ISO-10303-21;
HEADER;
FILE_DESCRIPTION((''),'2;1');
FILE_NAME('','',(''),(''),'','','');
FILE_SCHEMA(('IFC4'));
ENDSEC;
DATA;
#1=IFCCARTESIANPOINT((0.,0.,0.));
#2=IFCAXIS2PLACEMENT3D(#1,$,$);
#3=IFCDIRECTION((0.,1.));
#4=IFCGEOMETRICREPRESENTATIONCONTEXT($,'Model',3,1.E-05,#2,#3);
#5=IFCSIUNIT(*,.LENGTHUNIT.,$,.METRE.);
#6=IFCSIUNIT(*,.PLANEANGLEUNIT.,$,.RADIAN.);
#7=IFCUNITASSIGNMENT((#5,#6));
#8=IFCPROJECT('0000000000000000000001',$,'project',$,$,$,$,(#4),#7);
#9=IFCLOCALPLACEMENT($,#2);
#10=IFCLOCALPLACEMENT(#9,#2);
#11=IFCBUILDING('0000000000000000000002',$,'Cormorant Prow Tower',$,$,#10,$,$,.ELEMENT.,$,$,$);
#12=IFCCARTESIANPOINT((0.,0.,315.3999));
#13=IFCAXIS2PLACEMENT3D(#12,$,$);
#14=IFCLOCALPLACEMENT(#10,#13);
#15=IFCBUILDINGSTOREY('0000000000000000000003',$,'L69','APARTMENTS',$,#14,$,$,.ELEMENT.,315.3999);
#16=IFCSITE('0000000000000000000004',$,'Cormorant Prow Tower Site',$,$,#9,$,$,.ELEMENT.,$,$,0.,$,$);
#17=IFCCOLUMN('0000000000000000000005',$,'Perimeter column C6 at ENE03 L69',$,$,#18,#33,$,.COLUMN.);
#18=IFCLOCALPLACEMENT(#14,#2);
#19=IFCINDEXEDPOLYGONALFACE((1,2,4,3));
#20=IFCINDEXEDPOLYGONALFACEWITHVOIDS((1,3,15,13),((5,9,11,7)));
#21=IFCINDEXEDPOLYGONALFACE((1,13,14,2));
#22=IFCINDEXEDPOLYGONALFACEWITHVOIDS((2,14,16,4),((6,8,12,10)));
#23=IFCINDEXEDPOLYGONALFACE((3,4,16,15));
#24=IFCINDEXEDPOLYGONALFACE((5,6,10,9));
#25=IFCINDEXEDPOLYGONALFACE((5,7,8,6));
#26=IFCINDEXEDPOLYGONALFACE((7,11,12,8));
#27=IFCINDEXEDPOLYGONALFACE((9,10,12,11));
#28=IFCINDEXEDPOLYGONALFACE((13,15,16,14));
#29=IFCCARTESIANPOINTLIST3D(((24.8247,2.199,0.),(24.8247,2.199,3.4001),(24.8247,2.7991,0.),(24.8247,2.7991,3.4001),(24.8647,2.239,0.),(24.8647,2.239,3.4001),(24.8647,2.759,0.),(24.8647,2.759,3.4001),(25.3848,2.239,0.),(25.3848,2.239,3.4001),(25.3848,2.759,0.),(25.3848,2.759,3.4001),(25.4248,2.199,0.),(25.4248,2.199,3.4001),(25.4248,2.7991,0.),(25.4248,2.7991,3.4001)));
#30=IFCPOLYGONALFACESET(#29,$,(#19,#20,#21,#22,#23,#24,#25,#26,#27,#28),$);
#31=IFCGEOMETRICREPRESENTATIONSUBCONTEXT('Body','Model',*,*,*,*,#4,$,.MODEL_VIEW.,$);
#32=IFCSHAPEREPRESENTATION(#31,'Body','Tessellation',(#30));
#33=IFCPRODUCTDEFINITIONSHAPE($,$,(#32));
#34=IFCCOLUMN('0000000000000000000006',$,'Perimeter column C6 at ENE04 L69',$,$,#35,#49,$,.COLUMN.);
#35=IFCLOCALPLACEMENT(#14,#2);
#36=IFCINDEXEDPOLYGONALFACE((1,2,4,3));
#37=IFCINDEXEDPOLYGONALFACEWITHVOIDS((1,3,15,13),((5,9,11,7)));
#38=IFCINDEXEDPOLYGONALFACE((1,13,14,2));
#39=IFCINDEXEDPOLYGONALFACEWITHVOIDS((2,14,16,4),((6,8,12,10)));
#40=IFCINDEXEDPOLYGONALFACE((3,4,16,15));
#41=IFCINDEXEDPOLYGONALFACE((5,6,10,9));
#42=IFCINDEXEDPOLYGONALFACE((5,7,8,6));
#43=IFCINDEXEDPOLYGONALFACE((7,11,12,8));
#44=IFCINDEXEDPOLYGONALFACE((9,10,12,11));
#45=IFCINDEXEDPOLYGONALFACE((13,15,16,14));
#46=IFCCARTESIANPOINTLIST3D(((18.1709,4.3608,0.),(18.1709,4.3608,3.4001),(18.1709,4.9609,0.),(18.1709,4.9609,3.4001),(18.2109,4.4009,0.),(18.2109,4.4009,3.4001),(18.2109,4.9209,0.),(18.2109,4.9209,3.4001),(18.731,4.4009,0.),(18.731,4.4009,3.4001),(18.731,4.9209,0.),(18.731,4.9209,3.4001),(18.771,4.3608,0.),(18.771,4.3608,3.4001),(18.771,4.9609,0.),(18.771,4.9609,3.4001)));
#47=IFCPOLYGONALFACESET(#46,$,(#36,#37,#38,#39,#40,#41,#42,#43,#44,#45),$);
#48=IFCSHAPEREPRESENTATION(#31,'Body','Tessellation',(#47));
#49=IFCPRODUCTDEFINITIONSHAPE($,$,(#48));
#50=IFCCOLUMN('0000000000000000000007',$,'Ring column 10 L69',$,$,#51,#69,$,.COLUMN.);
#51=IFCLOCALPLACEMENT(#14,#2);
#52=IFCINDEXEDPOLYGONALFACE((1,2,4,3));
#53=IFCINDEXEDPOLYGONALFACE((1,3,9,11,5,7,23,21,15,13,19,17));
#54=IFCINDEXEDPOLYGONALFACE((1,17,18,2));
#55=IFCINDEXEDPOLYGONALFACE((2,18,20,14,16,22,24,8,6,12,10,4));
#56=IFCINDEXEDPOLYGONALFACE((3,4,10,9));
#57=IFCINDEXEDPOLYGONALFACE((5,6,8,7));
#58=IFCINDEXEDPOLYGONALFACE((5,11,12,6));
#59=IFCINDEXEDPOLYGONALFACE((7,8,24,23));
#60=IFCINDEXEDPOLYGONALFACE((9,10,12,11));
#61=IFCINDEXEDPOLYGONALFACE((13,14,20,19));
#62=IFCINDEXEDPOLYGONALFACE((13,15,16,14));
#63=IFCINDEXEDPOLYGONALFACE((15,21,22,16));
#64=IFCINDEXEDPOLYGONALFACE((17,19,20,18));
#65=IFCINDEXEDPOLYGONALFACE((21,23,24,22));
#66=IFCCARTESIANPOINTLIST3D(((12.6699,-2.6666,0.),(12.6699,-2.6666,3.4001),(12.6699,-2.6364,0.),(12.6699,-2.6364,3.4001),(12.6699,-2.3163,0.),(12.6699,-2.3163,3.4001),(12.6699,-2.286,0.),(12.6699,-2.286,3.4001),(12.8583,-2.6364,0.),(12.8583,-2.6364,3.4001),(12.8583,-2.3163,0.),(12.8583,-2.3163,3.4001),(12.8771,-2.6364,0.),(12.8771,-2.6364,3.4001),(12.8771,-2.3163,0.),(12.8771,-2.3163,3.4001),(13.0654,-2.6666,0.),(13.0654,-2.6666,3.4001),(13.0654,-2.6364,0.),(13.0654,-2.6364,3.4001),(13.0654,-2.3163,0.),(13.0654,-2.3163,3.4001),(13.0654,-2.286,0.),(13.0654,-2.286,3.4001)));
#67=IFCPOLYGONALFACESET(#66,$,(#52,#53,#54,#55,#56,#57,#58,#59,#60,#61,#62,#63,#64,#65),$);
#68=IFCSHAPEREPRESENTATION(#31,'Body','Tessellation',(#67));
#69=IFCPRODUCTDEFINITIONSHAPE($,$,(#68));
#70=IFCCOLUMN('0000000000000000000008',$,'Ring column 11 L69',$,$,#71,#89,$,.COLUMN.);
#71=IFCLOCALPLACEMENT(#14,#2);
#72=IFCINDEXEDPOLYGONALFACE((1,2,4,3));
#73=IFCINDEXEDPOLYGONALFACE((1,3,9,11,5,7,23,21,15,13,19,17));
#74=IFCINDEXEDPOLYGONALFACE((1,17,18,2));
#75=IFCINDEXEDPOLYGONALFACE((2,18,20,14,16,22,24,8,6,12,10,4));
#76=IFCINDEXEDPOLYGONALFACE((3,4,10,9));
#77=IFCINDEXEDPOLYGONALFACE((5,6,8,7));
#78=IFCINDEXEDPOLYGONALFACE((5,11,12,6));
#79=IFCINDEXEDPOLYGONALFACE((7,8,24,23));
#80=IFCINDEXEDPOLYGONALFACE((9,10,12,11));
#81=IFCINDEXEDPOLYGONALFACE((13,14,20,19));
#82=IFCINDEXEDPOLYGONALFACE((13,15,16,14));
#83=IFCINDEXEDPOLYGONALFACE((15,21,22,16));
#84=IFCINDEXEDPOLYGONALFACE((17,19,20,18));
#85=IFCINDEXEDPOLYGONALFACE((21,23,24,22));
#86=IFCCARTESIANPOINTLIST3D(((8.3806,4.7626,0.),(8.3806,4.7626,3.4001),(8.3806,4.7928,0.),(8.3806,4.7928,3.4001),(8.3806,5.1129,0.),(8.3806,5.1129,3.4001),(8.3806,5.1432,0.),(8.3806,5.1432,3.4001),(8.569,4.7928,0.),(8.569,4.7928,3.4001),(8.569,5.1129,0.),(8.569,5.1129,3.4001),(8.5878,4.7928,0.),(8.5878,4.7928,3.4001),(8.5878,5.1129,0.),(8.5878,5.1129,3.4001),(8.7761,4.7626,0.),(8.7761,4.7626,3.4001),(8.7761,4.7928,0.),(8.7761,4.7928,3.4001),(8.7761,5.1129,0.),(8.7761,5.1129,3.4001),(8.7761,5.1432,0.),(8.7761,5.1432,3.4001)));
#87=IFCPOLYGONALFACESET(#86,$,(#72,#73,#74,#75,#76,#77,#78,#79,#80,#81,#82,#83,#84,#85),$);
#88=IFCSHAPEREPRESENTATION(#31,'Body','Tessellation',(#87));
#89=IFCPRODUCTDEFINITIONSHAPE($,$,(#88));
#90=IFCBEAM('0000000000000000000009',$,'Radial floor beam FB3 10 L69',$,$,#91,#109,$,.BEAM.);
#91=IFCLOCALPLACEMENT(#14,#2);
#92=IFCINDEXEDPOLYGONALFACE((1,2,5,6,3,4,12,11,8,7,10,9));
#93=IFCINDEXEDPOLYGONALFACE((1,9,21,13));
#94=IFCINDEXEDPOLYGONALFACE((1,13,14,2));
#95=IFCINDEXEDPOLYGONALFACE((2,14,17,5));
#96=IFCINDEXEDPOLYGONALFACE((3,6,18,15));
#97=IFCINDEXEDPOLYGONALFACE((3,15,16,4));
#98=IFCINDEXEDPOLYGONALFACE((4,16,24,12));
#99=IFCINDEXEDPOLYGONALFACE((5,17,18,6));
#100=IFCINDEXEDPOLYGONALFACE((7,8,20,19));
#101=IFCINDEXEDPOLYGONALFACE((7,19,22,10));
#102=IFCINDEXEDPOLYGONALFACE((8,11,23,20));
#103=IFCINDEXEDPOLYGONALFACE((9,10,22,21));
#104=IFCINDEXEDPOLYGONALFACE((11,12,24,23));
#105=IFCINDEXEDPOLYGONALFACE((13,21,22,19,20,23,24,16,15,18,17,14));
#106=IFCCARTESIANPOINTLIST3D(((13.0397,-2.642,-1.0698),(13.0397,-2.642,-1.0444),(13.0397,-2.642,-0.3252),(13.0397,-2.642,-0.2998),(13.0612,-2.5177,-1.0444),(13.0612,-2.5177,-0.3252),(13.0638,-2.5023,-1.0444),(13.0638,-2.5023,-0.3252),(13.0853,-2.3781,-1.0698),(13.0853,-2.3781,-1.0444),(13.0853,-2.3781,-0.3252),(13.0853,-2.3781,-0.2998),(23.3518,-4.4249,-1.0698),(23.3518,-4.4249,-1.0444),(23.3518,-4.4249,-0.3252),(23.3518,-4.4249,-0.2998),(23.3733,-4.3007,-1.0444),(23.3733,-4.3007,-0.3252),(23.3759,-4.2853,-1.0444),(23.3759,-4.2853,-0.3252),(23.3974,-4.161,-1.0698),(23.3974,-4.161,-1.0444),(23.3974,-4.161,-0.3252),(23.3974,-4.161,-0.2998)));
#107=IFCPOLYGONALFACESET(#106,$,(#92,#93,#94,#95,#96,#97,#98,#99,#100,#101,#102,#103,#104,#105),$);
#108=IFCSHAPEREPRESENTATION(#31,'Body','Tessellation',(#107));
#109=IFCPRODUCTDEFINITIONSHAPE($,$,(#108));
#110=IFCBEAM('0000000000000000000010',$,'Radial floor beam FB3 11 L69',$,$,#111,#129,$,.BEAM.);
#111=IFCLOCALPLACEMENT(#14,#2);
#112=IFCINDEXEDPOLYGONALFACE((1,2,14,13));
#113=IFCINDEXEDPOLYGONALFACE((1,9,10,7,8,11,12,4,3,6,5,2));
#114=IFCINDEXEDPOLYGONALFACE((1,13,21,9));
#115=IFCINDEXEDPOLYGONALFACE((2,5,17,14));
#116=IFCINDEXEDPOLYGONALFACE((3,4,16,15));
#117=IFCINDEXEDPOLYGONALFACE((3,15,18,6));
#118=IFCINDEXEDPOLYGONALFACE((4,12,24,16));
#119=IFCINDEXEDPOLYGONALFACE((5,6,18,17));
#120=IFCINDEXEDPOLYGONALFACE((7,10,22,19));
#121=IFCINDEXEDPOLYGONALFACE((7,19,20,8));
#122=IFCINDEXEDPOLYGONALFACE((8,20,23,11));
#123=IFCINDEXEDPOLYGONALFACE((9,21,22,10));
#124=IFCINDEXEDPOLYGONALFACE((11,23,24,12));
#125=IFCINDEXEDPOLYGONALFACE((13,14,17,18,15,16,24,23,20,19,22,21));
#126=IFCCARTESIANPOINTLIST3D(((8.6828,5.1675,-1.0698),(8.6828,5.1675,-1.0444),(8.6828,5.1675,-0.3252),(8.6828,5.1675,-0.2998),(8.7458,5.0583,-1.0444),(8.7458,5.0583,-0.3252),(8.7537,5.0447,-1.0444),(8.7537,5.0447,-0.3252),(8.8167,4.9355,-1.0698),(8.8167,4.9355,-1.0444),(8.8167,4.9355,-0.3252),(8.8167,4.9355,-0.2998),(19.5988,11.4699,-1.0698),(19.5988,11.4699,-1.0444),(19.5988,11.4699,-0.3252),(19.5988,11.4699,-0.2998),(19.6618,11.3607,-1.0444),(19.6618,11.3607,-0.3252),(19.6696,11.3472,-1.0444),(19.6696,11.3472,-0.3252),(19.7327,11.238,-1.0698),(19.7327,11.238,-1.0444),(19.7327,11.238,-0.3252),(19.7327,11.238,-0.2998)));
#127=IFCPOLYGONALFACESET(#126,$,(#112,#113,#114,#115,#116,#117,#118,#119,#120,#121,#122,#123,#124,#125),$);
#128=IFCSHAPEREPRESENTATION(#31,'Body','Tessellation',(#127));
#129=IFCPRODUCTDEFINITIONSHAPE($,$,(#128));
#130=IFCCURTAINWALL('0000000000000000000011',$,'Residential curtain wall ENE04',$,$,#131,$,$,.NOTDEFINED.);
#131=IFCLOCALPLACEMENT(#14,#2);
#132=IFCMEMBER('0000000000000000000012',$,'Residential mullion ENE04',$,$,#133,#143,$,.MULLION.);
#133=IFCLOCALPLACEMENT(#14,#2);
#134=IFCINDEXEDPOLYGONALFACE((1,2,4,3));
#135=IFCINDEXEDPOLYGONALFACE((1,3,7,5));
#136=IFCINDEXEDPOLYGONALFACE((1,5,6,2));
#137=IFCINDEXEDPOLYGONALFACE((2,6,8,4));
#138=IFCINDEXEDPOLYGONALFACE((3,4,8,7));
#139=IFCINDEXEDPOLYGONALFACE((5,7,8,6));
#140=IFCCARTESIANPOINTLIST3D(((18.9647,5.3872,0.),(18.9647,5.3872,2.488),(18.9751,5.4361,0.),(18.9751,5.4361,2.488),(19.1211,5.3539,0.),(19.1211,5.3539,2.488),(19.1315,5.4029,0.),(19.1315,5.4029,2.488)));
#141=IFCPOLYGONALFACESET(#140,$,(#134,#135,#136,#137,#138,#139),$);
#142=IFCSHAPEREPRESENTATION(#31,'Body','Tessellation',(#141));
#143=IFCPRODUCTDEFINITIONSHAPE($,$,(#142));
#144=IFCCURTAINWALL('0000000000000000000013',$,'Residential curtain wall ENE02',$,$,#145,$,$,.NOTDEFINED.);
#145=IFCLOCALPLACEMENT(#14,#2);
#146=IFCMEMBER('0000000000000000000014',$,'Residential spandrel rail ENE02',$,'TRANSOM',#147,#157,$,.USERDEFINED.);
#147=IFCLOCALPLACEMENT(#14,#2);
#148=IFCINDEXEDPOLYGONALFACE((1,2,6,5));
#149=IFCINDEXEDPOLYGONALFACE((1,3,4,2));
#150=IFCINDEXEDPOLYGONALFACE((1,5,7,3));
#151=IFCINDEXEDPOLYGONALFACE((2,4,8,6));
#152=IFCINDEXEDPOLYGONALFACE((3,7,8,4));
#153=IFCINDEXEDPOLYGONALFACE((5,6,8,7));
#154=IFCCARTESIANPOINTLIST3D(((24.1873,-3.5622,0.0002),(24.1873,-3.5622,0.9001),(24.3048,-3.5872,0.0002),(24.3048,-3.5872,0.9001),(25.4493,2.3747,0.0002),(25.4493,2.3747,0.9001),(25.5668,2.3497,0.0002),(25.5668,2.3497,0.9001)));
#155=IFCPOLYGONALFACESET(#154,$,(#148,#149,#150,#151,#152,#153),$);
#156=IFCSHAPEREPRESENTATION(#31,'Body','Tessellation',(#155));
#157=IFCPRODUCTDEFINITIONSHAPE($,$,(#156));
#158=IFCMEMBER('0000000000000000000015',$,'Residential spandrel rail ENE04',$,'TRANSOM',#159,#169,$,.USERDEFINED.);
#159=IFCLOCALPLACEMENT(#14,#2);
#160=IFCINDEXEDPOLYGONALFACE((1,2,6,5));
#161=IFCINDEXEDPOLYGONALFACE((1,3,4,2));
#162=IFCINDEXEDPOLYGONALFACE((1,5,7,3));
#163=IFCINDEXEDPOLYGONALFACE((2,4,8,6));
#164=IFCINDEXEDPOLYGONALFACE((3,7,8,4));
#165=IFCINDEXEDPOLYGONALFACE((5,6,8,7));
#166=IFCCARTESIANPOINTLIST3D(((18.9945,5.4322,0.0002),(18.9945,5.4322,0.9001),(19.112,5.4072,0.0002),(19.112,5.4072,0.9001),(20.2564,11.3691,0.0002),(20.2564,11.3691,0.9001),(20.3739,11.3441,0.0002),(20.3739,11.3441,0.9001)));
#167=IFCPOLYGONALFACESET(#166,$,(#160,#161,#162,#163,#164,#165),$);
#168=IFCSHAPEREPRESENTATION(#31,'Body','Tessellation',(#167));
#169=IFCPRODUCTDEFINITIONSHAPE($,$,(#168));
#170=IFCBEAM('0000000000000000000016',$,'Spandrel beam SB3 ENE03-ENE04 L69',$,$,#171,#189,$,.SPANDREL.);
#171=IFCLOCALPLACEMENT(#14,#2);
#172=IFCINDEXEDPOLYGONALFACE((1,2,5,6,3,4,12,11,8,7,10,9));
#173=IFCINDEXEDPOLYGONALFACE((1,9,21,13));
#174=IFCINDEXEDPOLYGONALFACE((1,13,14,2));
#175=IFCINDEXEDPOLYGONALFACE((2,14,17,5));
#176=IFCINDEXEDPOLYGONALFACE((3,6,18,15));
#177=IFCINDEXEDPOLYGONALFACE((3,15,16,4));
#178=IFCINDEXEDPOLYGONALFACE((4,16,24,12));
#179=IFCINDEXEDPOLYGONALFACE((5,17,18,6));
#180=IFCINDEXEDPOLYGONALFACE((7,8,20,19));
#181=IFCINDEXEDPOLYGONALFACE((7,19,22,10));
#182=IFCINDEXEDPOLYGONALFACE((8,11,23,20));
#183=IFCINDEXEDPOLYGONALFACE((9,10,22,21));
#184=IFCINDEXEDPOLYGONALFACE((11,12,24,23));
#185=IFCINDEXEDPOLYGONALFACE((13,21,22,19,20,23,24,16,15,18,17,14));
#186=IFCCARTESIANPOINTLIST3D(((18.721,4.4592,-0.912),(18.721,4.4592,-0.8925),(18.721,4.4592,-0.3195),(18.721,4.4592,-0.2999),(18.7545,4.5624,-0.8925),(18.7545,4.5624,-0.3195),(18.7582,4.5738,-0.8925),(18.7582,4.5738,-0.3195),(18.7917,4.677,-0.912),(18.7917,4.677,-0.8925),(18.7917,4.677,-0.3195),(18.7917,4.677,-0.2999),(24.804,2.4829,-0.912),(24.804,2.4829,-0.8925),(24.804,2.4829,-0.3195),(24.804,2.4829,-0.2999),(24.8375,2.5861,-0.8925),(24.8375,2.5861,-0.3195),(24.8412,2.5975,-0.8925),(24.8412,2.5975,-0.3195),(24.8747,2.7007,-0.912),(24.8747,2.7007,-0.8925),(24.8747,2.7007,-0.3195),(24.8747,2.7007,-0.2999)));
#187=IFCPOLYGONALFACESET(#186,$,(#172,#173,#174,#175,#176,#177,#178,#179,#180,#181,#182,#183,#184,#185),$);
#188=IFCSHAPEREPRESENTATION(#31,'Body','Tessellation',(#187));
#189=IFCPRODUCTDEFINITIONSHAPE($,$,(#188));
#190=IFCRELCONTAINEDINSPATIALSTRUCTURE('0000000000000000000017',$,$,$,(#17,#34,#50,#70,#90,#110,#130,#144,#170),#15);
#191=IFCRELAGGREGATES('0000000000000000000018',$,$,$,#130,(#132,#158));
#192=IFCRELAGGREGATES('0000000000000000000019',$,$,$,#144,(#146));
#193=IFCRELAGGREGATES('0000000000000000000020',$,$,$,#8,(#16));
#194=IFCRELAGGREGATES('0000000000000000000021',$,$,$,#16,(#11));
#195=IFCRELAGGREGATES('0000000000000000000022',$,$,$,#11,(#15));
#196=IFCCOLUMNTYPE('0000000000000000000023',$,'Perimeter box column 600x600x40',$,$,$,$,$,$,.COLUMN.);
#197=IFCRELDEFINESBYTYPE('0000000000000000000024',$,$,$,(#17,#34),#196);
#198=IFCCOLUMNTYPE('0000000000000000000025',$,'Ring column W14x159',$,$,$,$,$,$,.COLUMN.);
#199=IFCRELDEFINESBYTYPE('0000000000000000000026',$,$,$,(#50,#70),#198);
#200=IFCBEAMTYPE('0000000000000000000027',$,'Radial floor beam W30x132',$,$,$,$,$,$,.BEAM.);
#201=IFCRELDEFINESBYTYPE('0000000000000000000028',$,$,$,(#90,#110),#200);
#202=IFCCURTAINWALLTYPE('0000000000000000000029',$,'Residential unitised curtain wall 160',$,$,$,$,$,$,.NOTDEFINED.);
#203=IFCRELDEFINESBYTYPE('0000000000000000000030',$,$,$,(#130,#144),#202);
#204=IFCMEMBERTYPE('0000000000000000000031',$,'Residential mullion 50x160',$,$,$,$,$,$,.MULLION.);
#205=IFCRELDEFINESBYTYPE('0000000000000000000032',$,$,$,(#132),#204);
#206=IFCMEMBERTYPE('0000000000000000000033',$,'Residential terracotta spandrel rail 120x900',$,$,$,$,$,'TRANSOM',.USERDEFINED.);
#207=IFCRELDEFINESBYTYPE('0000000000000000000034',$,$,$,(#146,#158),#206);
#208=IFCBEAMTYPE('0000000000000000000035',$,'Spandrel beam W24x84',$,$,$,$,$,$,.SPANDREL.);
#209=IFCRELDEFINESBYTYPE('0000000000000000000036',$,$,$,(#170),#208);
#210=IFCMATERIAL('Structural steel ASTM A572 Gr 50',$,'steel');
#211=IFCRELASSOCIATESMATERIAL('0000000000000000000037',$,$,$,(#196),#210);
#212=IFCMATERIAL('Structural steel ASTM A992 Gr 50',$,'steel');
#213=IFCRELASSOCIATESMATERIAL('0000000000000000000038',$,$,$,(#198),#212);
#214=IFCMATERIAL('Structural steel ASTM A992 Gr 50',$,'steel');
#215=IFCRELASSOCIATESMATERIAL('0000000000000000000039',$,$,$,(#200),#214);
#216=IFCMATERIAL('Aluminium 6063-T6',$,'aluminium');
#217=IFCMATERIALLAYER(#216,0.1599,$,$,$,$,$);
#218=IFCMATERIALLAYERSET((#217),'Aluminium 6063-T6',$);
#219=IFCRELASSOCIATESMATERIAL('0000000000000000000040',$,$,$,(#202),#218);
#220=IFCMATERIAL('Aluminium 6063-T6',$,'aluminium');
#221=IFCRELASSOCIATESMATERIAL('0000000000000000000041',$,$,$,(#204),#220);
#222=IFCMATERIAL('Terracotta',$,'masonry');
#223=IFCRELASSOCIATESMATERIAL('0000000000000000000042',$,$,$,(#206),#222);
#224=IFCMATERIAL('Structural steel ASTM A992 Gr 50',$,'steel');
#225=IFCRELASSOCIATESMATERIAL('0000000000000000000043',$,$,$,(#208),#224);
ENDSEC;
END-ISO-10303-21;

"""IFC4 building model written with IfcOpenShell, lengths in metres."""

from ifc_helpers import new_model, si_unit, direction, frame, origin, origin_2d, place, context, subcontext, project, spatial, rectangle, hollow_rectangle, i_section, extrude, material, layer, layer_set, material_profile, profile_set, type_object, element, aggregate, save


model = new_model("IFC4")

# Units and contexts
model_context = context("Model", 3, precision=1e-05, world=origin(), true_north=direction((0.0, 1.0)))
body_context = subcontext(model_context, "Body", "Model", "MODEL_VIEW")
ifc_project = project(units=[si_unit("LENGTHUNIT", "METRE"), si_unit("PLANEANGLEUNIT", "RADIAN")], contexts=[model_context])

# Site, building, storey
site_placement = place(None, origin())
site = spatial("IfcSite", under=ifc_project, at=site_placement, Name="Cormorant Prow Tower Site", CompositionType="ELEMENT", RefElevation=0.0)
building_placement = place(site_placement, origin())
building = spatial("IfcBuilding", under=site, at=building_placement, Name="Cormorant Prow Tower", CompositionType="ELEMENT")
storey_placement = place(building_placement, frame((0.0, 0.0, 315.3999)))
storey = spatial("IfcBuildingStorey", under=building, at=storey_placement, Name="L69", Description="APARTMENTS", CompositionType="ELEMENT", Elevation=315.3999)

# Columns
ifc_material_1 = material(Name="Structural steel ASTM A572 Gr 50", Category="steel")
ifc_material_profile_1 = material_profile(ifc_material_1, hollow_rectangle(XDim=0.6001, YDim=0.6001, WallThickness=0.04, at=origin_2d()), Name="Box 600x600x40")
ifc_profile_set_1 = profile_set([ifc_material_profile_1], Name="Structural steel ASTM A572 Gr 50")
column_type_1 = type_object("IfcColumnType", Name="Perimeter box column 600x600x40", PredefinedType="COLUMN", material=ifc_profile_set_1)
for number, where, z_axis, x_axis, name in (
    (1, (25.1248, 2.499, 0.0), (0.0, 0.0, 1.0), (1.0, 0.0, 0.0), "Perimeter column C6 at ENE03 L69"),
    (2, (18.4709, 4.6609, 0.0), (0.0, 0.0, 1.0), (1.0, 0.0, 0.0), "Perimeter column C6 at ENE04 L69"),
):
    element("IfcColumn", number, at=place(storey_placement, frame(where, z_axis=z_axis, x_axis=x_axis)), inside=storey, type_object=column_type_1, Name=name, PredefinedType="COLUMN", context=body_context, shape_type="SweptSolid", body=[
        extrude(hollow_rectangle(XDim=0.6001, YDim=0.6001, WallThickness=0.04, at=origin_2d()), origin(), (0.0, 0.0, 1.0), 3.4001),
    ])
ifc_material_2 = material(Name="Structural steel ASTM A992 Gr 50", Category="steel")
ifc_material_profile_2 = material_profile(ifc_material_2, i_section(OverallWidth=0.3955, OverallDepth=0.3806, WebThickness=0.0188, FlangeThickness=0.0303, at=origin_2d()), Name="W14x159")
ifc_profile_set_2 = profile_set([ifc_material_profile_2], Name="Structural steel ASTM A992 Gr 50")
column_type_2 = type_object("IfcColumnType", Name="Ring column W14x159", PredefinedType="COLUMN", material=ifc_profile_set_2)
for number, where, z_axis, x_axis, name in (
    (3, (12.8677, -2.4763, 0.0), (0.0, 0.0, 1.0), (1.0, 0.0, 0.0), "Ring column 10 L69"),
    (4, (8.5784, 4.9529, 0.0), (0.0, 0.0, 1.0), (1.0, 0.0, 0.0), "Ring column 11 L69"),
):
    element("IfcColumn", number, at=place(storey_placement, frame(where, z_axis=z_axis, x_axis=x_axis)), inside=storey, type_object=column_type_2, Name=name, PredefinedType="COLUMN", context=body_context, shape_type="SweptSolid", body=[
        extrude(i_section(OverallWidth=0.3955, OverallDepth=0.3806, WebThickness=0.0188, FlangeThickness=0.0303, at=origin_2d()), origin(), (0.0, 0.0, 1.0), 3.4001),
    ])

# Beams
ifc_material_3 = material(Name="Structural steel ASTM A992 Gr 50", Category="steel")
ifc_material_profile_3 = material_profile(ifc_material_3, i_section(OverallWidth=0.2678, OverallDepth=0.77, WebThickness=0.0156, FlangeThickness=0.0254, at=origin_2d()), Name="W30x132")
ifc_profile_set_3 = profile_set([ifc_material_profile_3], Name="Structural steel ASTM A992 Gr 50")
beam_type_1 = type_object("IfcBeamType", Name="Radial floor beam W30x132", PredefinedType="BEAM", material=ifc_profile_set_3)
beam_1_placement = place(storey_placement, frame((13.0625, -2.51, -0.6848), z_axis=(0.98538, -0.170373, 0.0), x_axis=(0.170373, 0.98538, 0.0)))
element("IfcBeam", 5, at=beam_1_placement, inside=storey, type_object=beam_type_1, Name="Radial floor beam FB3 10 L69", PredefinedType="BEAM", context=body_context, shape_type="SweptSolid", body=[
    extrude(i_section(OverallWidth=0.2678, OverallDepth=0.77, WebThickness=0.0156, FlangeThickness=0.0254, at=origin_2d()), origin(), (0.0, 0.0, 1.0), 10.4651),
])
beam_2_placement = place(storey_placement, frame((8.7498, 5.0515, -0.6848), z_axis=(0.866021, 0.500007, 0.0), x_axis=(-0.500007, 0.866021, 0.0)))
element("IfcBeam", 6, at=beam_2_placement, inside=storey, type_object=beam_type_1, Name="Radial floor beam FB3 11 L69", PredefinedType="BEAM", context=body_context, shape_type="SweptSolid", body=[
    extrude(i_section(OverallWidth=0.2678, OverallDepth=0.77, WebThickness=0.0156, FlangeThickness=0.0254, at=origin_2d()), origin(), (0.0, 0.0, 1.0), 12.6047),
])

# Curtain walls, members
ifc_material_4 = material(Name="Aluminium 6063-T6", Category="aluminium")
ifc_layer_1 = layer(ifc_material_4, 0.1599)
ifc_layer_set_1 = layer_set([ifc_layer_1], Name="Aluminium 6063-T6")
curtain_wall_type = type_object("IfcCurtainWallType", Name="Residential unitised curtain wall 160", PredefinedType="NOTDEFINED", material=ifc_layer_set_1)
curtain_wall_1_placement = place(storey_placement, origin())
curtain_wall_1 = element("IfcCurtainWall", 7, at=curtain_wall_1_placement, inside=storey, type_object=curtain_wall_type, Name="Residential curtain wall ENE04", PredefinedType="NOTDEFINED")
ifc_material_5 = material(Name="Aluminium 6063-T6", Category="aluminium")
ifc_material_profile_4 = material_profile(ifc_material_5, rectangle(XDim=0.1599, YDim=0.05, at=origin_2d()), Name="Residential mullion 50x160")
ifc_profile_set_4 = profile_set([ifc_material_profile_4], Name="Aluminium 6063-T6")
member_type_1 = type_object("IfcMemberType", Name="Residential mullion 50x160", PredefinedType="MULLION", material=ifc_profile_set_4)
member_1_placement = place(storey_placement, frame((19.0481, 5.395, 0.0), z_axis=(0.0, 0.0, 1.0), x_axis=(-0.978148, 0.207912, 0.0)))
member_1 = element("IfcMember", 8, at=member_1_placement, type_object=member_type_1, Name="Residential mullion ENE04", PredefinedType="MULLION", context=body_context, shape_type="SweptSolid", body=[
    extrude(rectangle(XDim=0.1599, YDim=0.05, at=origin_2d()), origin(), (0.0, 0.0, 1.0), 2.488),
])
curtain_wall_2_placement = place(storey_placement, origin())
curtain_wall_2 = element("IfcCurtainWall", 9, at=curtain_wall_2_placement, inside=storey, type_object=curtain_wall_type, Name="Residential curtain wall ENE02", PredefinedType="NOTDEFINED")
ifc_material_6 = material(Name="Terracotta", Category="masonry")
ifc_material_profile_5 = material_profile(ifc_material_6, rectangle(XDim=0.1201, YDim=0.8999, at=origin_2d()), Name="Residential terracotta spandrel rail 120x900")
ifc_profile_set_5 = profile_set([ifc_material_profile_5], Name="Terracotta")
member_type_2 = type_object("IfcMemberType", Name="Residential terracotta spandrel rail 120x900", ElementType="TRANSOM", PredefinedType="USERDEFINED", material=ifc_profile_set_5)
member_2_placement = place(storey_placement, frame((24.2461, -3.5747, 0.4502), z_axis=(0.207914, 0.978147, 0.0), x_axis=(-0.978147, 0.207914, 0.0)))
member_2 = element("IfcMember", 10, at=member_2_placement, type_object=member_type_2, Name="Residential spandrel rail ENE02", ObjectType="TRANSOM", PredefinedType="USERDEFINED", context=body_context, shape_type="SweptSolid", body=[
    extrude(rectangle(XDim=0.1201, YDim=0.8999, at=origin_2d()), origin(), (0.0, 0.0, 1.0), 6.0696),
])

# Member
member_3_placement = place(storey_placement, frame((19.0532, 5.4197, 0.4502), z_axis=(0.207914, 0.978147, 0.0), x_axis=(-0.978147, 0.207914, 0.0)))
member_3 = element("IfcMember", 11, at=member_3_placement, type_object=member_type_2, Name="Residential spandrel rail ENE04", ObjectType="TRANSOM", PredefinedType="USERDEFINED", context=body_context, shape_type="SweptSolid", body=[
    extrude(rectangle(XDim=0.1201, YDim=0.8999, at=origin_2d()), origin(), (0.0, 0.0, 1.0), 6.0696),
])
aggregate(curtain_wall_1, [member_1, member_3])

# Beam
ifc_material_7 = material(Name="Structural steel ASTM A992 Gr 50", Category="steel")
ifc_material_profile_6 = material_profile(ifc_material_7, i_section(OverallWidth=0.229, OverallDepth=0.6121, WebThickness=0.012, FlangeThickness=0.0195, at=origin_2d()), Name="W24x84")
ifc_profile_set_6 = profile_set([ifc_material_profile_6], Name="Structural steel ASTM A992 Gr 50")
beam_type_2 = type_object("IfcBeamType", Name="Spandrel beam W24x84", PredefinedType="SPANDREL", material=ifc_profile_set_6)
beam_3_placement = place(storey_placement, frame((24.8394, 2.5918, -0.606), z_axis=(-0.951064, 0.308993, 0.0), x_axis=(-0.308993, -0.951064, 0.0)))
element("IfcBeam", 12, at=beam_3_placement, inside=storey, type_object=beam_type_2, Name="Spandrel beam SB3 ENE03-ENE04 L69", PredefinedType="SPANDREL", context=body_context, shape_type="SweptSolid", body=[
    extrude(i_section(OverallWidth=0.229, OverallDepth=0.6121, WebThickness=0.012, FlangeThickness=0.0195, at=origin_2d()), origin(), (0.0, 0.0, 1.0), 6.396),
])

aggregate(curtain_wall_2, [member_2])

save(model, "model.ifc")
